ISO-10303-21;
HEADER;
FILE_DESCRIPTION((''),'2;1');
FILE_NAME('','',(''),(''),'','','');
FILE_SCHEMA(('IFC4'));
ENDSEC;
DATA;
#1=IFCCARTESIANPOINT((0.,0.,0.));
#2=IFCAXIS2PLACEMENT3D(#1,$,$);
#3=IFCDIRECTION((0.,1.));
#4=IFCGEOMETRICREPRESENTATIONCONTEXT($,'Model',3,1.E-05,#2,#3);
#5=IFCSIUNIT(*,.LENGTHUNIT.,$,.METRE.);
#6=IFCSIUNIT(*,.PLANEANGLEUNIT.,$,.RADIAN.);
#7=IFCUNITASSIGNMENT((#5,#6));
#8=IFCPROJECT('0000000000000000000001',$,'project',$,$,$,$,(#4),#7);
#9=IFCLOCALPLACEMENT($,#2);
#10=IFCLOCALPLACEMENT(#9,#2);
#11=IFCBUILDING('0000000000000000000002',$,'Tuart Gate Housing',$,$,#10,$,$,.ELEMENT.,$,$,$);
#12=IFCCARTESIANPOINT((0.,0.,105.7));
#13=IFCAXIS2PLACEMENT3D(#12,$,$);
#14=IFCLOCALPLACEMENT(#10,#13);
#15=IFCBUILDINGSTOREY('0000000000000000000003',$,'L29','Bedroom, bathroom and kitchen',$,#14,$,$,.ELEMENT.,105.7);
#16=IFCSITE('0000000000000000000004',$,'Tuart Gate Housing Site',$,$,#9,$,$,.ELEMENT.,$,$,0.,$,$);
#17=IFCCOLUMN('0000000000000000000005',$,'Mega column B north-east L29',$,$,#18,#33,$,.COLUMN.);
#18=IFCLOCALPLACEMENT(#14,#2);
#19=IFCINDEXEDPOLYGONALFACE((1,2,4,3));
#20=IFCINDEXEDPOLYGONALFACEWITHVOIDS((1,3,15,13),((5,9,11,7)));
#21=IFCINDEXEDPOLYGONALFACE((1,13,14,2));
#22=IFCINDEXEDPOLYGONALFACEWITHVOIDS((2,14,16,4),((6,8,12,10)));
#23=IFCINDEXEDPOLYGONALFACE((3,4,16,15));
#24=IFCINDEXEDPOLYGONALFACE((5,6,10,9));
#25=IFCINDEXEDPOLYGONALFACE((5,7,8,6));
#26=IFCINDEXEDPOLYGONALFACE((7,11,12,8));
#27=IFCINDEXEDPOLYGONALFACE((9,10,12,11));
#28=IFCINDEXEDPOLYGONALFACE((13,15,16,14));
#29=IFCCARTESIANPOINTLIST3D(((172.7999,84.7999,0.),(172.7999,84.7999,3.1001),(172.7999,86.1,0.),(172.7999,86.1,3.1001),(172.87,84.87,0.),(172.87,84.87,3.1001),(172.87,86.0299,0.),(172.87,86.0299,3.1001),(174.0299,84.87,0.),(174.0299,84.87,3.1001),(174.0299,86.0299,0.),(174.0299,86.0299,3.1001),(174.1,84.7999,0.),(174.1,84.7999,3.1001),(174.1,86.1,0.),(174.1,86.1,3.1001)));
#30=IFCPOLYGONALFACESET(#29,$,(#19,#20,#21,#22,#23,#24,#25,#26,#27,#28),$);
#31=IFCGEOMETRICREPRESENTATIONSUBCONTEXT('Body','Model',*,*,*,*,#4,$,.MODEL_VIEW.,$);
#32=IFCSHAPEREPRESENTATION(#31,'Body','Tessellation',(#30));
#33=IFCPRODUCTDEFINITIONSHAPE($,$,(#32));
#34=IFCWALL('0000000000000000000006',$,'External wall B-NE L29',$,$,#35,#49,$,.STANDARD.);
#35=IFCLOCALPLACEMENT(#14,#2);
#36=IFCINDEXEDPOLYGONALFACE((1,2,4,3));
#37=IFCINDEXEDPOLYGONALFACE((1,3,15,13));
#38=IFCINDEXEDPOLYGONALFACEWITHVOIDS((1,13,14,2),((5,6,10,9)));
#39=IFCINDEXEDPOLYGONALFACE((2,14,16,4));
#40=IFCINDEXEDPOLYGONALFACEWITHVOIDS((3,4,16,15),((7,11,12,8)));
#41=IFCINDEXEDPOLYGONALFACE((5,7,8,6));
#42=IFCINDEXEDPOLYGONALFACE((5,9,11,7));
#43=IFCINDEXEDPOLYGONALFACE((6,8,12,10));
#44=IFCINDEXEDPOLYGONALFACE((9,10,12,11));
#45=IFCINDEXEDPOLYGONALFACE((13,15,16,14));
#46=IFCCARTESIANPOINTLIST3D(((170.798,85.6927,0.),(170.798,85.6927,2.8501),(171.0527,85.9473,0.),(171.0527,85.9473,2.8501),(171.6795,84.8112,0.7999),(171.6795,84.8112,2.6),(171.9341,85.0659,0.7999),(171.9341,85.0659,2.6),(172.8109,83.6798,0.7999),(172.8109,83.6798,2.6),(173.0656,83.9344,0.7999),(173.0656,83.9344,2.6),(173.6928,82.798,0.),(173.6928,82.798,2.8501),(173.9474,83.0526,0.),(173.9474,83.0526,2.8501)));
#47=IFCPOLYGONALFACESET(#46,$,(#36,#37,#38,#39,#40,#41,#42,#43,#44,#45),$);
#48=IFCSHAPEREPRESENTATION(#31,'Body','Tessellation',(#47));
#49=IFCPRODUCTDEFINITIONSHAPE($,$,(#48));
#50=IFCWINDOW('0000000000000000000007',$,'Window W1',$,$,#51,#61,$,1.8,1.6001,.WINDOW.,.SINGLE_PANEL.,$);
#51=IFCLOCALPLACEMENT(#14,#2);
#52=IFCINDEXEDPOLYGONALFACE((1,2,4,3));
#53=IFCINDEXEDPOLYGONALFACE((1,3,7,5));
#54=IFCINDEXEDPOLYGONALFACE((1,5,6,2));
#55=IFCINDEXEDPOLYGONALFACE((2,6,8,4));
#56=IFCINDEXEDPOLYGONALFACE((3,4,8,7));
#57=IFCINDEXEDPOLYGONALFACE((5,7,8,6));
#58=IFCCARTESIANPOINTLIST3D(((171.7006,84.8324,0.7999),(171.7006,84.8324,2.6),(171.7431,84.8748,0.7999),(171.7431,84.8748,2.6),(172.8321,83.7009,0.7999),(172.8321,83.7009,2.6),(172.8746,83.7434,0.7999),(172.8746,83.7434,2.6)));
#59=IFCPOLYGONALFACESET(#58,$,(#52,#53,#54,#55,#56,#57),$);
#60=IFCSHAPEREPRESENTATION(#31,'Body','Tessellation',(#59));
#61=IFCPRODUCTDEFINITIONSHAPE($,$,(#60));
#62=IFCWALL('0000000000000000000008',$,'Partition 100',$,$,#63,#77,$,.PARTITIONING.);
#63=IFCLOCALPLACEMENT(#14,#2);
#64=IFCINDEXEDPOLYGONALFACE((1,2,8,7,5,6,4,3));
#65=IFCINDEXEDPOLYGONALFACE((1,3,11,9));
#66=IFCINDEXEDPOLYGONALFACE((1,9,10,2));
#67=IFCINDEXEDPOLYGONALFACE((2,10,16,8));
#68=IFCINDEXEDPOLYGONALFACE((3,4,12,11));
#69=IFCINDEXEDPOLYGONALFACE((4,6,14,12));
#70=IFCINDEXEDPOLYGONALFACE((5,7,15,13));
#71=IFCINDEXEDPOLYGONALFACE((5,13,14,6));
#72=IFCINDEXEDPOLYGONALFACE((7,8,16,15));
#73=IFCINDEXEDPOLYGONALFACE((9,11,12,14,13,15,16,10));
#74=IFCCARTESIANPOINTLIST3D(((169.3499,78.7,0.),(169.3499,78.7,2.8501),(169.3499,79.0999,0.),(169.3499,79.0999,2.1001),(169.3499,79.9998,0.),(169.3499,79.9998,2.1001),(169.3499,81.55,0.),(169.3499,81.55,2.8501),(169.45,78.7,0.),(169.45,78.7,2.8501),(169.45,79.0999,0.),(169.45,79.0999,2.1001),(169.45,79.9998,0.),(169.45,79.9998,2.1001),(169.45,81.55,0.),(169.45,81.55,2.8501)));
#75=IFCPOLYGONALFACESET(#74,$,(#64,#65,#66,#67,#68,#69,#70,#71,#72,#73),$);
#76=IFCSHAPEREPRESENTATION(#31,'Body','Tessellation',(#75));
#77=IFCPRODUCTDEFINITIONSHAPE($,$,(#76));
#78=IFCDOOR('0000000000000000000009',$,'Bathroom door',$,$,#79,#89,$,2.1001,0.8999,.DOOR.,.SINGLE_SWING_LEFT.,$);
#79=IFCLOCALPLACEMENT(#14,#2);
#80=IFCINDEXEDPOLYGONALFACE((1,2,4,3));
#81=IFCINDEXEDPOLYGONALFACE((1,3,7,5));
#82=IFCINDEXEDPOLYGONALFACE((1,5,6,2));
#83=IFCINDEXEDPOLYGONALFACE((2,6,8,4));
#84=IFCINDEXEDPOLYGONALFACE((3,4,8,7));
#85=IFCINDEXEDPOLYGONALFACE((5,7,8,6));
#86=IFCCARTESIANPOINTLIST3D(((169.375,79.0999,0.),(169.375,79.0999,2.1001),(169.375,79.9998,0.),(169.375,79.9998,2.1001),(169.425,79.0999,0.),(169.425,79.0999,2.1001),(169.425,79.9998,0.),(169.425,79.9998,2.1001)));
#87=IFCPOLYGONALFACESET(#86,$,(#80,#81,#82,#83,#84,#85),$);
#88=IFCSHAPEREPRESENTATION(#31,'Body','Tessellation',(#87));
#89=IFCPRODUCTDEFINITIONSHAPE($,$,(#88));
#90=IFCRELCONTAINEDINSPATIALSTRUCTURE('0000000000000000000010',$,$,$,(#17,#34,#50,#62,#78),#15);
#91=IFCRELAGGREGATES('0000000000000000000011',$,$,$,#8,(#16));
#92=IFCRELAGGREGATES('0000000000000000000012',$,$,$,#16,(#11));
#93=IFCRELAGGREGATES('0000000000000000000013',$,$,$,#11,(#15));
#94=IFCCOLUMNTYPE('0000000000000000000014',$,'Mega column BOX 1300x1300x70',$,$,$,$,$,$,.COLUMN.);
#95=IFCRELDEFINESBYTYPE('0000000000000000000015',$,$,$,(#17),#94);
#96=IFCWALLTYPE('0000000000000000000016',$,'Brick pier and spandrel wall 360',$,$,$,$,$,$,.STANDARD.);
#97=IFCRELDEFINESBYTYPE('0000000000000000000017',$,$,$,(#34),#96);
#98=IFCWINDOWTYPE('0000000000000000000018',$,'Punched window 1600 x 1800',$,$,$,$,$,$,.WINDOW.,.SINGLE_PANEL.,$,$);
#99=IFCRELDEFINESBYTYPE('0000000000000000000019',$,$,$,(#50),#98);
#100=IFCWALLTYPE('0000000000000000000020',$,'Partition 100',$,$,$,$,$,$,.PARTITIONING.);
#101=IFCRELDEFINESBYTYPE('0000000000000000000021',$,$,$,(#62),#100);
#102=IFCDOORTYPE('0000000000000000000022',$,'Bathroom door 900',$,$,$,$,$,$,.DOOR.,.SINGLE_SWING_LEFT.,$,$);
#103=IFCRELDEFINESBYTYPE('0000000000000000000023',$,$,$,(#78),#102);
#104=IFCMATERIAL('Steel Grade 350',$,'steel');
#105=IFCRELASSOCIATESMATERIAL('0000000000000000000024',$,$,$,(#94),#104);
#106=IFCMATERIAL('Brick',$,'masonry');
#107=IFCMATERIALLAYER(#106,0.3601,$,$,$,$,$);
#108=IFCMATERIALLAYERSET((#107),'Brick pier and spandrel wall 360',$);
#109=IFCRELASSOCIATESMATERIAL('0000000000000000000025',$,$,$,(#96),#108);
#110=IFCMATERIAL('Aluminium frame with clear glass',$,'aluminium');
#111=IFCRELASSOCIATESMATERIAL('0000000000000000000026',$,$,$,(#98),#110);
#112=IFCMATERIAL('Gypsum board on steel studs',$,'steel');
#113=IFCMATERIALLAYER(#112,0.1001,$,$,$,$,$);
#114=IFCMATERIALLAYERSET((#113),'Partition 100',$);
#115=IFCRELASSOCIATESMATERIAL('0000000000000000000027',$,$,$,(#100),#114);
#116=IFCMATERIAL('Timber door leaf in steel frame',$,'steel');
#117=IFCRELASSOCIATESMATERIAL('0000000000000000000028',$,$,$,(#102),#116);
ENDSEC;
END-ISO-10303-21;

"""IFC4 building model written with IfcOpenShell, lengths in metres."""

from ifc_helpers import new_model, si_unit, direction, frame, frame_2d, origin, origin_2d, place, context, subcontext, project, spatial, rectangle, hollow_rectangle, extrude, material, layer, layer_set, material_profile, profile_set, type_object, element, fill, save


model = new_model("IFC4")

# Units and contexts
model_context = context("Model", 3, precision=1e-05, world=origin(), true_north=direction((0.0, 1.0)))
body_context = subcontext(model_context, "Body", "Model", "MODEL_VIEW")
ifc_project = project(units=[si_unit("LENGTHUNIT", "METRE"), si_unit("PLANEANGLEUNIT", "RADIAN")], contexts=[model_context])

# Site, building, storey
site_placement = place(None, origin())
site = spatial("IfcSite", under=ifc_project, at=site_placement, Name="Tuart Gate Housing Site", CompositionType="ELEMENT", RefElevation=0.0)
building_placement = place(site_placement, origin())
building = spatial("IfcBuilding", under=site, at=building_placement, Name="Tuart Gate Housing", CompositionType="ELEMENT")
storey_placement = place(building_placement, frame((0.0, 0.0, 105.7)))
storey = spatial("IfcBuildingStorey", under=building, at=storey_placement, Name="L29", Description="Bedroom, bathroom and kitchen", CompositionType="ELEMENT", Elevation=105.7)

# Column
ifc_material_1 = material(Name="Steel Grade 350", Category="steel")
ifc_material_profile = material_profile(ifc_material_1, hollow_rectangle(XDim=1.3, YDim=1.3, WallThickness=0.0701, at=origin_2d()), Name="BOX 1300x1300x70")
ifc_profile_set = profile_set([ifc_material_profile], Name="Steel Grade 350")
column_type = type_object("IfcColumnType", Name="Mega column BOX 1300x1300x70", PredefinedType="COLUMN", material=ifc_profile_set)
column_placement = place(storey_placement, frame((173.45, 85.45, 0.0), z_axis=(0.0, 0.0, 1.0), x_axis=(1.0, 0.0, 0.0)))
element("IfcColumn", 1, at=column_placement, inside=storey, type_object=column_type, Name="Mega column B north-east L29", PredefinedType="COLUMN", context=body_context, shape_type="SweptSolid", body=[
    extrude(hollow_rectangle(XDim=1.3, YDim=1.3, WallThickness=0.0701, at=origin_2d()), origin(), (0.0, 0.0, 1.0), 3.1001),
])

# Wall, opening, window
ifc_material_2 = material(Name="Brick", Category="masonry")
ifc_layer_1 = layer(ifc_material_2, 0.3601)
ifc_layer_set_1 = layer_set([ifc_layer_1], Name="Brick pier and spandrel wall 360")
wall_type_1 = type_object("IfcWallType", Name="Brick pier and spandrel wall 360", PredefinedType="STANDARD", material=ifc_layer_set_1)
wall_1_placement = place(storey_placement, frame((173.8201, 82.9253, 0.0), z_axis=(0.0, 0.0, 1.0), x_axis=(-0.707107, 0.707107, 0.0)))
wall_1 = element("IfcWall", 2, at=wall_1_placement, inside=storey, type_object=wall_type_1, Name="External wall B-NE L29", PredefinedType="STANDARD", context=body_context, shape_type="SweptSolid", body=[
    extrude(rectangle(XDim=4.0938, YDim=0.3601, at=frame_2d((2.0469, 0.0))), origin(), (0.0, 0.0, 1.0), 2.8501),
])
opening_1_placement = place(wall_1_placement, frame((1.2471, 0.0, 0.8)))
opening_1 = element("IfcOpeningElement", 3, at=opening_1_placement, cuts=wall_1, PredefinedType="OPENING", context=body_context, shape_type="SweptSolid", body=[
    extrude(rectangle(XDim=1.6001, YDim=1.8, at=frame_2d((0.8, 0.8999))), frame((0.0, 0.1899, 0.0), z_axis=(0.0, -1.0, 0.0), x_axis=(1.0, 0.0, 0.0)), (0.0, 0.0, 1.0), 0.3801),
])
ifc_material_3 = material(Name="Aluminium frame with clear glass", Category="aluminium")
window_type_1 = type_object("IfcWindowType", Name="Punched window 1600 x 1800", PartitioningType="SINGLE_PANEL", PredefinedType="WINDOW", material=ifc_material_3)
window_1_placement = place(opening_1_placement, origin())
window_1 = element("IfcWindow", 4, at=window_1_placement, inside=storey, type_object=window_type_1, Name="Window W1", OverallHeight=1.8, OverallWidth=1.6001, PartitioningType="SINGLE_PANEL", PredefinedType="WINDOW", context=body_context, shape_type="SweptSolid", body=[
    extrude(rectangle(XDim=1.6001, YDim=1.8, at=frame_2d((0.8, 0.8999))), frame((0.0, 0.1501, 0.0), z_axis=(0.0, -1.0, 0.0), x_axis=(1.0, 0.0, 0.0)), (0.0, 0.0, 1.0), 0.0601),
])
fill(opening_1, window_1)

# Wall, opening, door
ifc_material_4 = material(Name="Gypsum board on steel studs", Category="steel")
ifc_layer_2 = layer(ifc_material_4, 0.1001)
ifc_layer_set_2 = layer_set([ifc_layer_2], Name="Partition 100")
wall_type_2 = type_object("IfcWallType", Name="Partition 100", PredefinedType="PARTITIONING", material=ifc_layer_set_2)
wall_2_placement = place(storey_placement, frame((169.3999, 78.7, 0.0), z_axis=(0.0, 0.0, 1.0), x_axis=(0.0, 1.0, 0.0)))
wall_2 = element("IfcWall", 5, at=wall_2_placement, inside=storey, type_object=wall_type_2, Name="Partition 100", PredefinedType="PARTITIONING", context=body_context, shape_type="SweptSolid", body=[
    extrude(rectangle(XDim=2.8501, YDim=0.1001, at=frame_2d((1.425, 0.0))), origin(), (0.0, 0.0, 1.0), 2.8501),
])
opening_2_placement = place(wall_2_placement, frame((0.3999, 0.0, 0.0)))
opening_2 = element("IfcOpeningElement", 6, at=opening_2_placement, cuts=wall_2, PredefinedType="OPENING", context=body_context, shape_type="SweptSolid", body=[
    extrude(rectangle(XDim=0.8999, YDim=2.1001, at=frame_2d((0.45, 1.05))), frame((0.0, 0.0601, 0.0), z_axis=(0.0, -1.0, 0.0), x_axis=(1.0, 0.0, 0.0)), (0.0, 0.0, 1.0), 0.1201),
])
ifc_material_5 = material(Name="Timber door leaf in steel frame", Category="steel")
door_type = type_object("IfcDoorType", Name="Bathroom door 900", OperationType="SINGLE_SWING_LEFT", PredefinedType="DOOR", material=ifc_material_5)
door_placement = place(opening_2_placement, origin())
door = element("IfcDoor", 7, at=door_placement, inside=storey, type_object=door_type, Name="Bathroom door", OperationType="SINGLE_SWING_LEFT", OverallHeight=2.1001, OverallWidth=0.8999, PredefinedType="DOOR", context=body_context, shape_type="SweptSolid", body=[
    extrude(rectangle(XDim=0.8999, YDim=2.1001, at=frame_2d((0.45, 1.05))), frame((0.0, 0.0249, 0.0), z_axis=(0.0, -1.0, 0.0), x_axis=(1.0, 0.0, 0.0)), (0.0, 0.0, 1.0), 0.05),
])
fill(opening_2, door)

save(model, "model.ifc")
